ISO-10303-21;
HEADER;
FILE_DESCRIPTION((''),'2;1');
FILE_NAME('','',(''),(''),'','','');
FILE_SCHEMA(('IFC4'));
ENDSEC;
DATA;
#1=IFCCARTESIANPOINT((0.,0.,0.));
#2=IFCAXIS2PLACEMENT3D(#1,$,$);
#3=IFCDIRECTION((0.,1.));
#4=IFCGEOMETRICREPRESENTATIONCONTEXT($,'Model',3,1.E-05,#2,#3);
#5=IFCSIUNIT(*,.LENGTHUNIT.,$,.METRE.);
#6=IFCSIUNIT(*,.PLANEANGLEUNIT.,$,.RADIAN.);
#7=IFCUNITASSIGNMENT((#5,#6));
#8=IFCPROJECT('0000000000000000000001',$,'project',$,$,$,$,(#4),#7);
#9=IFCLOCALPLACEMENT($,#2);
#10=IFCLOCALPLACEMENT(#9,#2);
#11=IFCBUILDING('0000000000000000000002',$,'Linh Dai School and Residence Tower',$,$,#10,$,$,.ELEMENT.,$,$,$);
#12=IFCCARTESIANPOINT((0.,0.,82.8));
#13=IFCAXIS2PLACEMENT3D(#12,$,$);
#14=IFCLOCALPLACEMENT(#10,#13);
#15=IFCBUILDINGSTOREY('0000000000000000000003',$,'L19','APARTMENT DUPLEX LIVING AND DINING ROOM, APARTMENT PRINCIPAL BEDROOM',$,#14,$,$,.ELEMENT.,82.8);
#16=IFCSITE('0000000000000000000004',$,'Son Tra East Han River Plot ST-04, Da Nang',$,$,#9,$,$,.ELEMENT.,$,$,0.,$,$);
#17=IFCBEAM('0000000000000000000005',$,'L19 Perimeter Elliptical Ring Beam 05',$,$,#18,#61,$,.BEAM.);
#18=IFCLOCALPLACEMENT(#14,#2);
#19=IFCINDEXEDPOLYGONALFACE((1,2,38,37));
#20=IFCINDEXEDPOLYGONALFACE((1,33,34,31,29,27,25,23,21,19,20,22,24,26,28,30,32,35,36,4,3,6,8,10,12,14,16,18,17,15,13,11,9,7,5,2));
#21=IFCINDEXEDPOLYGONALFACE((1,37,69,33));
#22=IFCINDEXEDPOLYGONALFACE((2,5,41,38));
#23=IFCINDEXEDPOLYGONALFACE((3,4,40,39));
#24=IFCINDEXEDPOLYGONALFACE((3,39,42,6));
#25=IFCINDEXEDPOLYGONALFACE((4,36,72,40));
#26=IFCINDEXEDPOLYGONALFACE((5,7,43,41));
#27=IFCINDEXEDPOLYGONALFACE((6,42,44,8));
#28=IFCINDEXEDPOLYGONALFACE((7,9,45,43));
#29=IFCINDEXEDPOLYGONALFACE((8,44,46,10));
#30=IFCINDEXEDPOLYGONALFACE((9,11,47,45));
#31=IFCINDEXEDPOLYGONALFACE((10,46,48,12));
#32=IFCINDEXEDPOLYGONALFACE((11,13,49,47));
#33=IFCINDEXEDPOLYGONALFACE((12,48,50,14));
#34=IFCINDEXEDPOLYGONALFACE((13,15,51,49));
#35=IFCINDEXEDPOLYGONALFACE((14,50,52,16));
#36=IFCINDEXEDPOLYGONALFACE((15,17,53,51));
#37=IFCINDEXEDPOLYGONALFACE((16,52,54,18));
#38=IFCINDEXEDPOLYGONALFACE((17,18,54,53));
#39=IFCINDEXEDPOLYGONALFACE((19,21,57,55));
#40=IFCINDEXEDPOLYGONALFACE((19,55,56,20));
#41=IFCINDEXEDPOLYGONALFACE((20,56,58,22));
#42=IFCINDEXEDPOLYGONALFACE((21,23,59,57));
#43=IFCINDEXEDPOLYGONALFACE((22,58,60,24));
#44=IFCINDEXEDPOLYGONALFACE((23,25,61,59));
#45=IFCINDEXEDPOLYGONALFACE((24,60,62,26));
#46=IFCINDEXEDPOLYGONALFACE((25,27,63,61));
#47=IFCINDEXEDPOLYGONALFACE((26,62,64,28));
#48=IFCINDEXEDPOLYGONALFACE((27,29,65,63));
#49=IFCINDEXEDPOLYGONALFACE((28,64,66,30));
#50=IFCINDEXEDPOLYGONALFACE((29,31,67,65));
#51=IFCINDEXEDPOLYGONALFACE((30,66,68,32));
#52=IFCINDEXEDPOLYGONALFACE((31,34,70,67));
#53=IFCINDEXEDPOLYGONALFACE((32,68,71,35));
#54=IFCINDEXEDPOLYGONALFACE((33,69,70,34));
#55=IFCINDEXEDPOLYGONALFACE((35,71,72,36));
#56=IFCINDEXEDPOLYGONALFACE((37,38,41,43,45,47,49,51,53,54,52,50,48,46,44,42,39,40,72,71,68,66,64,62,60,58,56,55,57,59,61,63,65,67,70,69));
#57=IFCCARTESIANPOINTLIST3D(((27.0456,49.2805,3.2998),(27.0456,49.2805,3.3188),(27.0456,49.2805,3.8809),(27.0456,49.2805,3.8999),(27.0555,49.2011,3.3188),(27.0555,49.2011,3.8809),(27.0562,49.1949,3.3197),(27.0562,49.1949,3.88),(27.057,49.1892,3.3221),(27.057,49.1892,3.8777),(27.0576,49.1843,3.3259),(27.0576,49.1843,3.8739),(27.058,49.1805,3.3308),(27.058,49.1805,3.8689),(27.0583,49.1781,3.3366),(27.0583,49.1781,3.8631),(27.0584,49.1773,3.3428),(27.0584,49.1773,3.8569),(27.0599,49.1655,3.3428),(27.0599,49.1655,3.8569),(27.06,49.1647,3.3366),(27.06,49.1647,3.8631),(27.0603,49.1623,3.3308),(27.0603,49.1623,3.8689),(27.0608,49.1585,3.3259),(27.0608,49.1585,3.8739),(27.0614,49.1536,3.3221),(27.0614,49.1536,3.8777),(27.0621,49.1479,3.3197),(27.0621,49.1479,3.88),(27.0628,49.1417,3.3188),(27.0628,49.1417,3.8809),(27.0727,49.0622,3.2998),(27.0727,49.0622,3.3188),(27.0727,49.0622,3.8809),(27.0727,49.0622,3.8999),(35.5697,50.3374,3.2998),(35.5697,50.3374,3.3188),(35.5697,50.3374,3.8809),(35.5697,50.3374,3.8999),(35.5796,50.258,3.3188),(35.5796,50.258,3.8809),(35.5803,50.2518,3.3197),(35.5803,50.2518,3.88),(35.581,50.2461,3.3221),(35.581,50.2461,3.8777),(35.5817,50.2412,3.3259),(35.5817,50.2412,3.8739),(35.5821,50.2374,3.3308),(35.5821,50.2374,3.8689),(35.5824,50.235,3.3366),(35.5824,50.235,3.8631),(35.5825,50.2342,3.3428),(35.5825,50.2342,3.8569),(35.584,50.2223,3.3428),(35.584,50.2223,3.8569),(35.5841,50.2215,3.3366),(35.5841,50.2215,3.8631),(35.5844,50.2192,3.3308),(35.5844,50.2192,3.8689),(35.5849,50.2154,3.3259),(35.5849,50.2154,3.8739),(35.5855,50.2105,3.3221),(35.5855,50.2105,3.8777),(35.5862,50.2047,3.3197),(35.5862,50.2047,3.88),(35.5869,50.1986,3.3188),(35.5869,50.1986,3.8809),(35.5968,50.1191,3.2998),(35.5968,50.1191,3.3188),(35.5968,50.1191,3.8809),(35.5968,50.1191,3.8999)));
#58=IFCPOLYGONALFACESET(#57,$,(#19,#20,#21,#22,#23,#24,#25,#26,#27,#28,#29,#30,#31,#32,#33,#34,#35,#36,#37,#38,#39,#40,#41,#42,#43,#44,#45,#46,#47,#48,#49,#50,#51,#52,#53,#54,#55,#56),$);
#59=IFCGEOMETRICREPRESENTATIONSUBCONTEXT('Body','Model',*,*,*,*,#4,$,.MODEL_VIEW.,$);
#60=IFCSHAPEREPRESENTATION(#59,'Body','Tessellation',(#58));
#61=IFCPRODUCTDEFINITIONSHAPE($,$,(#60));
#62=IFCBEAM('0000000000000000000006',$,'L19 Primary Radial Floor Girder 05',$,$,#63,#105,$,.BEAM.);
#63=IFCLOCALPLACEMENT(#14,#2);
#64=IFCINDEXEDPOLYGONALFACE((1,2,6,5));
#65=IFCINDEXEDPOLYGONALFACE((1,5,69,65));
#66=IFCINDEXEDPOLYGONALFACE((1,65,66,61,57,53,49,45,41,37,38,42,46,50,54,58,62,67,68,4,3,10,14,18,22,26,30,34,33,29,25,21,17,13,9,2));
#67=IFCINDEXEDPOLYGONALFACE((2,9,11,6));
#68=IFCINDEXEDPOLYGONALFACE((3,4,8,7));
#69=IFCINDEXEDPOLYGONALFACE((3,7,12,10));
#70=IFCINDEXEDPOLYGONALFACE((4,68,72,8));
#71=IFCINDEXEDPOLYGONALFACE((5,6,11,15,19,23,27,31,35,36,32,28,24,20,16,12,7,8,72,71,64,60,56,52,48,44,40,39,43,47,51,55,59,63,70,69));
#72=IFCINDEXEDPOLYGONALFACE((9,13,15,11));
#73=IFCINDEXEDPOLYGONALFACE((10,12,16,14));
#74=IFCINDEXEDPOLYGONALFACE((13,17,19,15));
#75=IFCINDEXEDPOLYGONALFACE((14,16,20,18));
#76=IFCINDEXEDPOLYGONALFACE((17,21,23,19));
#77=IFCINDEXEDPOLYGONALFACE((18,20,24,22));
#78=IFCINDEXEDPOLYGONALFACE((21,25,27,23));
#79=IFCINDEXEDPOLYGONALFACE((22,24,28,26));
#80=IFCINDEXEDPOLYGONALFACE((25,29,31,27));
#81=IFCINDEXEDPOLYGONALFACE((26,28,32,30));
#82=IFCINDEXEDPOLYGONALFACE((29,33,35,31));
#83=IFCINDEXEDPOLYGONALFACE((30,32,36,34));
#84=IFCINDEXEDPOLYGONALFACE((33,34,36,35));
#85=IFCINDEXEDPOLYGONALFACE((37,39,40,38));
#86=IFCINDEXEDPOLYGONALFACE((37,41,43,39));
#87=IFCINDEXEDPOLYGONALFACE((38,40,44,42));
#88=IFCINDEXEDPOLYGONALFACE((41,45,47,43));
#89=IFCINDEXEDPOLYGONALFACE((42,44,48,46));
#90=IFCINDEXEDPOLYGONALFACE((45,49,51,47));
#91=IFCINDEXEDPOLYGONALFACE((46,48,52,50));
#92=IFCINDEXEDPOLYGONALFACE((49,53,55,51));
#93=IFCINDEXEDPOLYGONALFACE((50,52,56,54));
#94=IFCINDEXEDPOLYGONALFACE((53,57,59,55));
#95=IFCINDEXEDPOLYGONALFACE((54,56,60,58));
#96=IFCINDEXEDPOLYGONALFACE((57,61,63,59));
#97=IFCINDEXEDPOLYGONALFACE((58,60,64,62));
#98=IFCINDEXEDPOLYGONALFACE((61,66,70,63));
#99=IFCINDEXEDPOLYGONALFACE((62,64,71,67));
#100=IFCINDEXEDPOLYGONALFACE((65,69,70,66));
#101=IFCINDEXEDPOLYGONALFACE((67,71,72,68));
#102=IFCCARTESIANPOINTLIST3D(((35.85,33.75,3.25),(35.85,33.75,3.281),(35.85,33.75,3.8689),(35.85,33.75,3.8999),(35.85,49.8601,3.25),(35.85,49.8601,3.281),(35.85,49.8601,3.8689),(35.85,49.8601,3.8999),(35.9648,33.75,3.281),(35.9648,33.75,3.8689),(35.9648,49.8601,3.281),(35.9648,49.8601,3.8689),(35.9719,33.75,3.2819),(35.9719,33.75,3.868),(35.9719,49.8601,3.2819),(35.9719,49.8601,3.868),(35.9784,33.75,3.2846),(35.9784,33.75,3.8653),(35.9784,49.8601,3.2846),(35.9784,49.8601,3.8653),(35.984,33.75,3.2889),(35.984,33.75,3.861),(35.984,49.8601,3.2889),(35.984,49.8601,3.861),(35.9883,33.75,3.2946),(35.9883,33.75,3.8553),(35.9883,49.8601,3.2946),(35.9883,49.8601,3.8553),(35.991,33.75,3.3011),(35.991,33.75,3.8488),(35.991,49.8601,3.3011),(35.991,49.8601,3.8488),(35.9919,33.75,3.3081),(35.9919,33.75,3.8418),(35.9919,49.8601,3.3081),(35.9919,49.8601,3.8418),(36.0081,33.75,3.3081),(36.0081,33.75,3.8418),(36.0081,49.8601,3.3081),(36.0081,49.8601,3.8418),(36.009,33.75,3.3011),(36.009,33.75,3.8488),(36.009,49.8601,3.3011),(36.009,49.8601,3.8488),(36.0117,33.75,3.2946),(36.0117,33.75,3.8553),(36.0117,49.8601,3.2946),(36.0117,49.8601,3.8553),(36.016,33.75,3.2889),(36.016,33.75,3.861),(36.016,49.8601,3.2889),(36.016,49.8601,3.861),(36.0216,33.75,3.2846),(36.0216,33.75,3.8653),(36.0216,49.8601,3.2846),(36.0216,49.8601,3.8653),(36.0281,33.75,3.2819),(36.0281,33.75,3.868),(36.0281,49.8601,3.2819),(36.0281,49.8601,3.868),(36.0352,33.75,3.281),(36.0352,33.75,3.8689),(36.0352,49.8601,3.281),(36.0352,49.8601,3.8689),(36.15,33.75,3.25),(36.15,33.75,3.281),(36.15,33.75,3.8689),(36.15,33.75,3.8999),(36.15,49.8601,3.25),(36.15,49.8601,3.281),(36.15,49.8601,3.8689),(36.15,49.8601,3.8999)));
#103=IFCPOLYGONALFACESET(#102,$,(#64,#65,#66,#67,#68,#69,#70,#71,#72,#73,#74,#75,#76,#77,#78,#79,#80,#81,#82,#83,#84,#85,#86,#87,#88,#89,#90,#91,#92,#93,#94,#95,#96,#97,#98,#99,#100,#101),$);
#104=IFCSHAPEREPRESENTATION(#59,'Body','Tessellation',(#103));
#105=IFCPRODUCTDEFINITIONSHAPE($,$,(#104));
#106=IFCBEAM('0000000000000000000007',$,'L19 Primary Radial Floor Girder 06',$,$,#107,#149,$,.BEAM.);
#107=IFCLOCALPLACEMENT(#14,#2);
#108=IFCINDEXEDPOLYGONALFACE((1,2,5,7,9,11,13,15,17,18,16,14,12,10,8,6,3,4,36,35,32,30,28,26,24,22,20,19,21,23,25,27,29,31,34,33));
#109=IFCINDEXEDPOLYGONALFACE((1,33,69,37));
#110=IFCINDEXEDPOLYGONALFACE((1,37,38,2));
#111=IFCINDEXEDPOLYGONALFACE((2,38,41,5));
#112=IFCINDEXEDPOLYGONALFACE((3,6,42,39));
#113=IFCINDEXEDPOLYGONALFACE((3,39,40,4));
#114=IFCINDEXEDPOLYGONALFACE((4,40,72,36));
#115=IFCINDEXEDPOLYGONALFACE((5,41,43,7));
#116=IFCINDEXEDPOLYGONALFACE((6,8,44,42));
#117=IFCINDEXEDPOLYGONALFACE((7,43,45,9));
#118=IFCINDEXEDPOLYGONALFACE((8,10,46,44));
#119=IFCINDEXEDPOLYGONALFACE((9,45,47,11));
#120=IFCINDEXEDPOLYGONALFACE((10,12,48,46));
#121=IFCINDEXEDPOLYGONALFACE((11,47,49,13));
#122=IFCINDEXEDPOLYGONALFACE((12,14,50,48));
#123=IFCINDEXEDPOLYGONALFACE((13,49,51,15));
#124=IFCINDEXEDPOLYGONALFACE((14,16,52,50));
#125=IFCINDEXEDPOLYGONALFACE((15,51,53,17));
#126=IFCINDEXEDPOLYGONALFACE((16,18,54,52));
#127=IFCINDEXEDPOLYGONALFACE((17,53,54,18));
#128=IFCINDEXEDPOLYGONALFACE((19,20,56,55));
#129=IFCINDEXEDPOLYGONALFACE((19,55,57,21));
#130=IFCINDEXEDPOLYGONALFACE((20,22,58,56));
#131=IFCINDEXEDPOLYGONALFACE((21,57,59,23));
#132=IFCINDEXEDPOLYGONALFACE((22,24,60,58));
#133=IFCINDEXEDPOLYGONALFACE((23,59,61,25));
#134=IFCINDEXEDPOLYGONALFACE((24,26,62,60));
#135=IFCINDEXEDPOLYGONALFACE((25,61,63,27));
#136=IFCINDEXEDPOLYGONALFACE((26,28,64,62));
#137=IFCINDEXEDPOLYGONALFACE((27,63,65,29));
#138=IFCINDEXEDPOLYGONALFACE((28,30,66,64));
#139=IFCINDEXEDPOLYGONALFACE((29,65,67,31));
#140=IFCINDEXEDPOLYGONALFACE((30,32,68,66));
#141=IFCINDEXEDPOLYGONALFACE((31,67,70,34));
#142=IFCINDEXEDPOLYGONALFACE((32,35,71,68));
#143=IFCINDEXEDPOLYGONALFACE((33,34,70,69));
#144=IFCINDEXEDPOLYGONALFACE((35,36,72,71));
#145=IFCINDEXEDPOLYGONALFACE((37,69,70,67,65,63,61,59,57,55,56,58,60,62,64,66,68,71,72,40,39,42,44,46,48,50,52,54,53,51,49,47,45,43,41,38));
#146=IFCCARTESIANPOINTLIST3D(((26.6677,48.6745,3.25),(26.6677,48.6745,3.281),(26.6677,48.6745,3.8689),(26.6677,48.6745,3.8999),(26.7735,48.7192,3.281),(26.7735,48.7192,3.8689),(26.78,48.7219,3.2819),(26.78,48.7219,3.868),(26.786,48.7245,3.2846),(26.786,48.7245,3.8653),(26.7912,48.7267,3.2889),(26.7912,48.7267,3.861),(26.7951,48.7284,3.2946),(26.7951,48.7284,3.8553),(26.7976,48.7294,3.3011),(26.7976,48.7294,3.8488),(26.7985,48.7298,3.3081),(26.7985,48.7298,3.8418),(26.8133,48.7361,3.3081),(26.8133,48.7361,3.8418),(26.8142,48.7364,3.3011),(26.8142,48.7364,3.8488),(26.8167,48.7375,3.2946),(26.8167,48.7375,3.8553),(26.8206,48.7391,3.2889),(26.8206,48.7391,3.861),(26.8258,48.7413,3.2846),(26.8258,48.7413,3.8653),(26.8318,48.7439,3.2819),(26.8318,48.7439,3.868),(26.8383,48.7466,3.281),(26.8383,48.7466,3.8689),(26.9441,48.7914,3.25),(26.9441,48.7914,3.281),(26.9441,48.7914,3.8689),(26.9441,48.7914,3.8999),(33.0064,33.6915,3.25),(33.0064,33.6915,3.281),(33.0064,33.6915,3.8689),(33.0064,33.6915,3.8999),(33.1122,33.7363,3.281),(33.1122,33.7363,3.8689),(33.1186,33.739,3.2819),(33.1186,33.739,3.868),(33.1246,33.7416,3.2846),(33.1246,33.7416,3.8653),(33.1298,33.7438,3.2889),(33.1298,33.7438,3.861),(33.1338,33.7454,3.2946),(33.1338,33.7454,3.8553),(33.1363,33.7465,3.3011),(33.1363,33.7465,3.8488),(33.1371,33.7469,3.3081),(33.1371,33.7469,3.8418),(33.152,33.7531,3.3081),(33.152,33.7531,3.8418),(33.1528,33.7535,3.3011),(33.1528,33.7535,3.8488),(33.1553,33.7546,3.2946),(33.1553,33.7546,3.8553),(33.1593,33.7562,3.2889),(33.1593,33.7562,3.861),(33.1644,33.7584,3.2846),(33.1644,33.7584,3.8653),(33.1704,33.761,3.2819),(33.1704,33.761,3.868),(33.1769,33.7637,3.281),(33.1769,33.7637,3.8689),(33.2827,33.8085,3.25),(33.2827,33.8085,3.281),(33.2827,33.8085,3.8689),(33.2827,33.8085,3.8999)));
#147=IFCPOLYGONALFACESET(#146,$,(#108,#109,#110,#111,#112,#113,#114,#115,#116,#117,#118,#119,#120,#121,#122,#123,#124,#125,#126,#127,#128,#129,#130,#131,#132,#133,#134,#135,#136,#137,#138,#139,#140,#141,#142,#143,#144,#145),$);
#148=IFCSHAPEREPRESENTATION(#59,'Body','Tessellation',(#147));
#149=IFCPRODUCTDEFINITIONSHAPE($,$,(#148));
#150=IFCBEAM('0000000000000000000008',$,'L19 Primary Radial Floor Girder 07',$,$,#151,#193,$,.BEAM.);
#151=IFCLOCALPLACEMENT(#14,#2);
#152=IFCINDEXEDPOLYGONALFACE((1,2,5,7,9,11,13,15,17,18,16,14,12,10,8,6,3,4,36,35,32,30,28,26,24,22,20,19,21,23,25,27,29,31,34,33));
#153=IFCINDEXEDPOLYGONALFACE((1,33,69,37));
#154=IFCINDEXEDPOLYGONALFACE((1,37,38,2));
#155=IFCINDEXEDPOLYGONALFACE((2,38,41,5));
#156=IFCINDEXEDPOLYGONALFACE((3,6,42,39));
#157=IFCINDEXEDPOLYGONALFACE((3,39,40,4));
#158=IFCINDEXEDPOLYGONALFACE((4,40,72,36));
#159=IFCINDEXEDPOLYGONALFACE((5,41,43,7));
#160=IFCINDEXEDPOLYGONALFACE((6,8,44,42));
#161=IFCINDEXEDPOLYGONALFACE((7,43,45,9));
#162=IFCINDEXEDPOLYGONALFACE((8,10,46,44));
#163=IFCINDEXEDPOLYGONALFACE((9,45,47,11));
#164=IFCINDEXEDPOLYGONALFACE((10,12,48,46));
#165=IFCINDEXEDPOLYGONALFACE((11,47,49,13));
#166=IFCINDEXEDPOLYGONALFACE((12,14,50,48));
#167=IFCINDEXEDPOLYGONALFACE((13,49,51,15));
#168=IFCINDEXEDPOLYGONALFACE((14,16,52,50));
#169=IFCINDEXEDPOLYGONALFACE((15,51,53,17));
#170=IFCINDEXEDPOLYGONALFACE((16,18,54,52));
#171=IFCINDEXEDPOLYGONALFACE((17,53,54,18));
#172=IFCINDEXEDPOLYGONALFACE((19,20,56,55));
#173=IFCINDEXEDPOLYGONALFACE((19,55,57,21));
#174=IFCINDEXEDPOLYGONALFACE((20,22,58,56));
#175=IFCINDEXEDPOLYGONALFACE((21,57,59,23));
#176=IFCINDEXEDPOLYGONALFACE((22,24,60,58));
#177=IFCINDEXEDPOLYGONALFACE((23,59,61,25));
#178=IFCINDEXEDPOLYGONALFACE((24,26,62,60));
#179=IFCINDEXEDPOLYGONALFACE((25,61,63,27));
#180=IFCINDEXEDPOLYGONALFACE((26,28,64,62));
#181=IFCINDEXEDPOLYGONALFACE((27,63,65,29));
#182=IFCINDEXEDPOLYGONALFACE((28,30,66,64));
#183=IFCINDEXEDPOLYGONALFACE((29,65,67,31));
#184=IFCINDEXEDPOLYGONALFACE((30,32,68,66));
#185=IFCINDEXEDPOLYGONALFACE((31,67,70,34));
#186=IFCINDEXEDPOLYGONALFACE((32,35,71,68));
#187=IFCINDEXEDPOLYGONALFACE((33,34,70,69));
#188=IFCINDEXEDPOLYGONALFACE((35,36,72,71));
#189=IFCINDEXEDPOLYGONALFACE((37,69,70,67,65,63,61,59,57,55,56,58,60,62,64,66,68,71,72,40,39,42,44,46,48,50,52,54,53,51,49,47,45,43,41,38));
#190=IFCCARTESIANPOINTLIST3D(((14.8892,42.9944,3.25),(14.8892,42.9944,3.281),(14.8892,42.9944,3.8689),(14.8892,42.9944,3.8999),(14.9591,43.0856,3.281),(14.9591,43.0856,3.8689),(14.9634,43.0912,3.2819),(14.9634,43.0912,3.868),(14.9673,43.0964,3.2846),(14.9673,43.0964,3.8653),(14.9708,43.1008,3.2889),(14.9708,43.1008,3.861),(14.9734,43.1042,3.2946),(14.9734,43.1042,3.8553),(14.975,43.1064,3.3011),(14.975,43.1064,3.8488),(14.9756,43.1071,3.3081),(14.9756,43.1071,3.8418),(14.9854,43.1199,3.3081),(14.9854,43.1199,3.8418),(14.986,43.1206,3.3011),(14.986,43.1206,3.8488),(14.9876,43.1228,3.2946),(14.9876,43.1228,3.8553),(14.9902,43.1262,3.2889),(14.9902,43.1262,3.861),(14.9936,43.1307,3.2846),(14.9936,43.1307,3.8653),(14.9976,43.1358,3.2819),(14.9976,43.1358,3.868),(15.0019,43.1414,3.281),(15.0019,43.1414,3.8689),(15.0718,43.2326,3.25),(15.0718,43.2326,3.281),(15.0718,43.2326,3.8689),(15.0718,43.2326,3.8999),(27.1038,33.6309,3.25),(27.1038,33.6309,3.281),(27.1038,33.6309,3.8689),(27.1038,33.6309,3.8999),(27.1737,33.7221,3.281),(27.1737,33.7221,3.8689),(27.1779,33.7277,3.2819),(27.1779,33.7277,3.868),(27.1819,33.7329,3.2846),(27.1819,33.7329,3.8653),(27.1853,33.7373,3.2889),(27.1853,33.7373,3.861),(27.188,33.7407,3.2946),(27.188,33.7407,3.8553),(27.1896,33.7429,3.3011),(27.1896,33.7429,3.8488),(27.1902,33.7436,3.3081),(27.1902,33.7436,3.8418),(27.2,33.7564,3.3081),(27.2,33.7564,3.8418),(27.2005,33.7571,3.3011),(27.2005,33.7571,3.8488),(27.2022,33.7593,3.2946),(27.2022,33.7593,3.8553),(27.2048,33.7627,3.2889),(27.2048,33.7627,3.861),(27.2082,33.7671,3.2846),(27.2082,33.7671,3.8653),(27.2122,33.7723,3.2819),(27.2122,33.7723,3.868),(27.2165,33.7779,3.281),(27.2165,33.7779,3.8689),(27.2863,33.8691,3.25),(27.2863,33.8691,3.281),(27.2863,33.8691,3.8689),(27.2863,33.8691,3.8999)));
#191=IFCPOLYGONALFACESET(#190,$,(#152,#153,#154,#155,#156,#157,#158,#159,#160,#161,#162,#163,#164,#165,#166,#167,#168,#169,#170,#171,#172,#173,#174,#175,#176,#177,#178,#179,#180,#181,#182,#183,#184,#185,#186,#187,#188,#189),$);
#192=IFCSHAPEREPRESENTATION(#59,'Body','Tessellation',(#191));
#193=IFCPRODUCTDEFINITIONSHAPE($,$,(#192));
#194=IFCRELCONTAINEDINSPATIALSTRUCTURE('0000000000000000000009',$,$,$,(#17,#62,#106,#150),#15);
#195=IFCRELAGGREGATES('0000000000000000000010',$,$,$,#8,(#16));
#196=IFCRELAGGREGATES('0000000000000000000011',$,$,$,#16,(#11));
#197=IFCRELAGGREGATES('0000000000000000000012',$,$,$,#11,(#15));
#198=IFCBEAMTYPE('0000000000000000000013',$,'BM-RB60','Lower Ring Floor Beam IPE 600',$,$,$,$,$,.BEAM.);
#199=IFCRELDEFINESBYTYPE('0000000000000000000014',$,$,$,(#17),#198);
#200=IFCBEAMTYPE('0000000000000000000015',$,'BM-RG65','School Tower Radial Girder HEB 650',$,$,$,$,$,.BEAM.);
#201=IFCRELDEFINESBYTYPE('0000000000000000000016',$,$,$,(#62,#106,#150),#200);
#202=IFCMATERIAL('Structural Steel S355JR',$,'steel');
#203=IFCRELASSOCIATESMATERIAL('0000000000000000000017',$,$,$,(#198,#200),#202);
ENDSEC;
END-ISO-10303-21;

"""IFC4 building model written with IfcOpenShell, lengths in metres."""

from ifc_helpers import new_model, si_unit, direction, frame, origin, origin_2d, place, context, subcontext, project, spatial, i_section, extrude, material, material_profile, profile_set, type_object, element, save


model = new_model("IFC4")

# Units and contexts
model_context = context("Model", 3, precision=1e-05, world=origin(), true_north=direction((0.0, 1.0)))
body_context = subcontext(model_context, "Body", "Model", "MODEL_VIEW")
ifc_project = project(units=[si_unit("LENGTHUNIT", "METRE"), si_unit("PLANEANGLEUNIT", "RADIAN")], contexts=[model_context])

# Site, building, storey
site_placement = place(None, origin())
site = spatial("IfcSite", under=ifc_project, at=site_placement, Name="Son Tra East Han River Plot ST-04, Da Nang", CompositionType="ELEMENT", RefElevation=0.0)
building_placement = place(site_placement, origin())
building = spatial("IfcBuilding", under=site, at=building_placement, Name="Linh Dai School and Residence Tower", CompositionType="ELEMENT")
storey_placement = place(building_placement, frame((0.0, 0.0, 82.8)))
storey = spatial("IfcBuildingStorey", under=building, at=storey_placement, Name="L19", Description="APARTMENT DUPLEX LIVING AND DINING ROOM, APARTMENT PRINCIPAL BEDROOM", CompositionType="ELEMENT", Elevation=82.8)

# Shared definitions
ifc_material_1 = material(Name="Structural Steel S355JR", Category="steel")

# Beams
ifc_material_profile_1 = material_profile(ifc_material_1, i_section(OverallWidth=0.22, OverallDepth=0.6001, WebThickness=0.012, FlangeThickness=0.019, FilletRadius=0.0239, at=origin_2d()), Name="IPE 600")
ifc_profile_set_1 = profile_set([ifc_material_profile_1], Name="Structural Steel S355JR")
beam_type_1 = type_object("IfcBeamType", Name="BM-RB60", Description="Lower Ring Floor Beam IPE 600", PredefinedType="BEAM", material=ifc_profile_set_1)
beam_1_placement = place(storey_placement, frame((35.5833, 50.2283, 3.5999), z_axis=(-0.992401, -0.123045, 0.0), x_axis=(0.123045, -0.992401, 0.0)))
element("IfcBeam", 1, at=beam_1_placement, inside=storey, type_object=beam_type_1, Name="L19 Perimeter Elliptical Ring Beam 05", PredefinedType="BEAM", context=body_context, shape_type="SweptSolid", body=[
    extrude(i_section(OverallWidth=0.22, OverallDepth=0.6001, WebThickness=0.012, FlangeThickness=0.019, FilletRadius=0.0239, at=origin_2d()), origin(), (0.0, 0.0, 1.0), 8.5894),
])
ifc_material_profile_2 = material_profile(ifc_material_1, i_section(OverallWidth=0.3, OverallDepth=0.6499, WebThickness=0.0161, FlangeThickness=0.031, FilletRadius=0.0271, at=origin_2d()), Name="HEB 650")
ifc_profile_set_2 = profile_set([ifc_material_profile_2], Name="Structural Steel S355JR")
beam_type_2 = type_object("IfcBeamType", Name="BM-RG65", Description="School Tower Radial Girder HEB 650", PredefinedType="BEAM", material=ifc_profile_set_2)
beam_2_placement = place(storey_placement, frame((36.0, 33.75, 3.575), z_axis=(0.0, 1.0, 0.0), x_axis=(-1.0, 0.0, 0.0)))
element("IfcBeam", 2, at=beam_2_placement, inside=storey, type_object=beam_type_2, Name="L19 Primary Radial Floor Girder 05", PredefinedType="BEAM", context=body_context, shape_type="SweptSolid", body=[
    extrude(i_section(OverallWidth=0.3, OverallDepth=0.6499, WebThickness=0.0161, FlangeThickness=0.031, FilletRadius=0.0271, at=origin_2d()), origin(), (0.0, 0.0, 1.0), 16.1101),
])
beam_3_placement = place(storey_placement, frame((33.1445, 33.75, 3.575), z_axis=(-0.389624, 0.920974, 0.0), x_axis=(-0.920974, -0.389624, 0.0)))
element("IfcBeam", 3, at=beam_3_placement, inside=storey, type_object=beam_type_2, Name="L19 Primary Radial Floor Girder 06", PredefinedType="BEAM", context=body_context, shape_type="SweptSolid", body=[
    extrude(i_section(OverallWidth=0.3, OverallDepth=0.6499, WebThickness=0.0161, FlangeThickness=0.031, FilletRadius=0.0271, at=origin_2d()), origin(), (0.0, 0.0, 1.0), 16.2686),
])
beam_4_placement = place(storey_placement, frame((27.1951, 33.75, 3.575), z_axis=(-0.793638, 0.608391, 0.0), x_axis=(-0.608391, -0.793638, 0.0)))
element("IfcBeam", 4, at=beam_4_placement, inside=storey, type_object=beam_type_2, Name="L19 Primary Radial Floor Girder 07", PredefinedType="BEAM", context=body_context, shape_type="SweptSolid", body=[
    extrude(i_section(OverallWidth=0.3, OverallDepth=0.6499, WebThickness=0.0161, FlangeThickness=0.031, FilletRadius=0.0271, at=origin_2d()), origin(), (0.0, 0.0, 1.0), 15.3906),
])

save(model, "model.ifc")
